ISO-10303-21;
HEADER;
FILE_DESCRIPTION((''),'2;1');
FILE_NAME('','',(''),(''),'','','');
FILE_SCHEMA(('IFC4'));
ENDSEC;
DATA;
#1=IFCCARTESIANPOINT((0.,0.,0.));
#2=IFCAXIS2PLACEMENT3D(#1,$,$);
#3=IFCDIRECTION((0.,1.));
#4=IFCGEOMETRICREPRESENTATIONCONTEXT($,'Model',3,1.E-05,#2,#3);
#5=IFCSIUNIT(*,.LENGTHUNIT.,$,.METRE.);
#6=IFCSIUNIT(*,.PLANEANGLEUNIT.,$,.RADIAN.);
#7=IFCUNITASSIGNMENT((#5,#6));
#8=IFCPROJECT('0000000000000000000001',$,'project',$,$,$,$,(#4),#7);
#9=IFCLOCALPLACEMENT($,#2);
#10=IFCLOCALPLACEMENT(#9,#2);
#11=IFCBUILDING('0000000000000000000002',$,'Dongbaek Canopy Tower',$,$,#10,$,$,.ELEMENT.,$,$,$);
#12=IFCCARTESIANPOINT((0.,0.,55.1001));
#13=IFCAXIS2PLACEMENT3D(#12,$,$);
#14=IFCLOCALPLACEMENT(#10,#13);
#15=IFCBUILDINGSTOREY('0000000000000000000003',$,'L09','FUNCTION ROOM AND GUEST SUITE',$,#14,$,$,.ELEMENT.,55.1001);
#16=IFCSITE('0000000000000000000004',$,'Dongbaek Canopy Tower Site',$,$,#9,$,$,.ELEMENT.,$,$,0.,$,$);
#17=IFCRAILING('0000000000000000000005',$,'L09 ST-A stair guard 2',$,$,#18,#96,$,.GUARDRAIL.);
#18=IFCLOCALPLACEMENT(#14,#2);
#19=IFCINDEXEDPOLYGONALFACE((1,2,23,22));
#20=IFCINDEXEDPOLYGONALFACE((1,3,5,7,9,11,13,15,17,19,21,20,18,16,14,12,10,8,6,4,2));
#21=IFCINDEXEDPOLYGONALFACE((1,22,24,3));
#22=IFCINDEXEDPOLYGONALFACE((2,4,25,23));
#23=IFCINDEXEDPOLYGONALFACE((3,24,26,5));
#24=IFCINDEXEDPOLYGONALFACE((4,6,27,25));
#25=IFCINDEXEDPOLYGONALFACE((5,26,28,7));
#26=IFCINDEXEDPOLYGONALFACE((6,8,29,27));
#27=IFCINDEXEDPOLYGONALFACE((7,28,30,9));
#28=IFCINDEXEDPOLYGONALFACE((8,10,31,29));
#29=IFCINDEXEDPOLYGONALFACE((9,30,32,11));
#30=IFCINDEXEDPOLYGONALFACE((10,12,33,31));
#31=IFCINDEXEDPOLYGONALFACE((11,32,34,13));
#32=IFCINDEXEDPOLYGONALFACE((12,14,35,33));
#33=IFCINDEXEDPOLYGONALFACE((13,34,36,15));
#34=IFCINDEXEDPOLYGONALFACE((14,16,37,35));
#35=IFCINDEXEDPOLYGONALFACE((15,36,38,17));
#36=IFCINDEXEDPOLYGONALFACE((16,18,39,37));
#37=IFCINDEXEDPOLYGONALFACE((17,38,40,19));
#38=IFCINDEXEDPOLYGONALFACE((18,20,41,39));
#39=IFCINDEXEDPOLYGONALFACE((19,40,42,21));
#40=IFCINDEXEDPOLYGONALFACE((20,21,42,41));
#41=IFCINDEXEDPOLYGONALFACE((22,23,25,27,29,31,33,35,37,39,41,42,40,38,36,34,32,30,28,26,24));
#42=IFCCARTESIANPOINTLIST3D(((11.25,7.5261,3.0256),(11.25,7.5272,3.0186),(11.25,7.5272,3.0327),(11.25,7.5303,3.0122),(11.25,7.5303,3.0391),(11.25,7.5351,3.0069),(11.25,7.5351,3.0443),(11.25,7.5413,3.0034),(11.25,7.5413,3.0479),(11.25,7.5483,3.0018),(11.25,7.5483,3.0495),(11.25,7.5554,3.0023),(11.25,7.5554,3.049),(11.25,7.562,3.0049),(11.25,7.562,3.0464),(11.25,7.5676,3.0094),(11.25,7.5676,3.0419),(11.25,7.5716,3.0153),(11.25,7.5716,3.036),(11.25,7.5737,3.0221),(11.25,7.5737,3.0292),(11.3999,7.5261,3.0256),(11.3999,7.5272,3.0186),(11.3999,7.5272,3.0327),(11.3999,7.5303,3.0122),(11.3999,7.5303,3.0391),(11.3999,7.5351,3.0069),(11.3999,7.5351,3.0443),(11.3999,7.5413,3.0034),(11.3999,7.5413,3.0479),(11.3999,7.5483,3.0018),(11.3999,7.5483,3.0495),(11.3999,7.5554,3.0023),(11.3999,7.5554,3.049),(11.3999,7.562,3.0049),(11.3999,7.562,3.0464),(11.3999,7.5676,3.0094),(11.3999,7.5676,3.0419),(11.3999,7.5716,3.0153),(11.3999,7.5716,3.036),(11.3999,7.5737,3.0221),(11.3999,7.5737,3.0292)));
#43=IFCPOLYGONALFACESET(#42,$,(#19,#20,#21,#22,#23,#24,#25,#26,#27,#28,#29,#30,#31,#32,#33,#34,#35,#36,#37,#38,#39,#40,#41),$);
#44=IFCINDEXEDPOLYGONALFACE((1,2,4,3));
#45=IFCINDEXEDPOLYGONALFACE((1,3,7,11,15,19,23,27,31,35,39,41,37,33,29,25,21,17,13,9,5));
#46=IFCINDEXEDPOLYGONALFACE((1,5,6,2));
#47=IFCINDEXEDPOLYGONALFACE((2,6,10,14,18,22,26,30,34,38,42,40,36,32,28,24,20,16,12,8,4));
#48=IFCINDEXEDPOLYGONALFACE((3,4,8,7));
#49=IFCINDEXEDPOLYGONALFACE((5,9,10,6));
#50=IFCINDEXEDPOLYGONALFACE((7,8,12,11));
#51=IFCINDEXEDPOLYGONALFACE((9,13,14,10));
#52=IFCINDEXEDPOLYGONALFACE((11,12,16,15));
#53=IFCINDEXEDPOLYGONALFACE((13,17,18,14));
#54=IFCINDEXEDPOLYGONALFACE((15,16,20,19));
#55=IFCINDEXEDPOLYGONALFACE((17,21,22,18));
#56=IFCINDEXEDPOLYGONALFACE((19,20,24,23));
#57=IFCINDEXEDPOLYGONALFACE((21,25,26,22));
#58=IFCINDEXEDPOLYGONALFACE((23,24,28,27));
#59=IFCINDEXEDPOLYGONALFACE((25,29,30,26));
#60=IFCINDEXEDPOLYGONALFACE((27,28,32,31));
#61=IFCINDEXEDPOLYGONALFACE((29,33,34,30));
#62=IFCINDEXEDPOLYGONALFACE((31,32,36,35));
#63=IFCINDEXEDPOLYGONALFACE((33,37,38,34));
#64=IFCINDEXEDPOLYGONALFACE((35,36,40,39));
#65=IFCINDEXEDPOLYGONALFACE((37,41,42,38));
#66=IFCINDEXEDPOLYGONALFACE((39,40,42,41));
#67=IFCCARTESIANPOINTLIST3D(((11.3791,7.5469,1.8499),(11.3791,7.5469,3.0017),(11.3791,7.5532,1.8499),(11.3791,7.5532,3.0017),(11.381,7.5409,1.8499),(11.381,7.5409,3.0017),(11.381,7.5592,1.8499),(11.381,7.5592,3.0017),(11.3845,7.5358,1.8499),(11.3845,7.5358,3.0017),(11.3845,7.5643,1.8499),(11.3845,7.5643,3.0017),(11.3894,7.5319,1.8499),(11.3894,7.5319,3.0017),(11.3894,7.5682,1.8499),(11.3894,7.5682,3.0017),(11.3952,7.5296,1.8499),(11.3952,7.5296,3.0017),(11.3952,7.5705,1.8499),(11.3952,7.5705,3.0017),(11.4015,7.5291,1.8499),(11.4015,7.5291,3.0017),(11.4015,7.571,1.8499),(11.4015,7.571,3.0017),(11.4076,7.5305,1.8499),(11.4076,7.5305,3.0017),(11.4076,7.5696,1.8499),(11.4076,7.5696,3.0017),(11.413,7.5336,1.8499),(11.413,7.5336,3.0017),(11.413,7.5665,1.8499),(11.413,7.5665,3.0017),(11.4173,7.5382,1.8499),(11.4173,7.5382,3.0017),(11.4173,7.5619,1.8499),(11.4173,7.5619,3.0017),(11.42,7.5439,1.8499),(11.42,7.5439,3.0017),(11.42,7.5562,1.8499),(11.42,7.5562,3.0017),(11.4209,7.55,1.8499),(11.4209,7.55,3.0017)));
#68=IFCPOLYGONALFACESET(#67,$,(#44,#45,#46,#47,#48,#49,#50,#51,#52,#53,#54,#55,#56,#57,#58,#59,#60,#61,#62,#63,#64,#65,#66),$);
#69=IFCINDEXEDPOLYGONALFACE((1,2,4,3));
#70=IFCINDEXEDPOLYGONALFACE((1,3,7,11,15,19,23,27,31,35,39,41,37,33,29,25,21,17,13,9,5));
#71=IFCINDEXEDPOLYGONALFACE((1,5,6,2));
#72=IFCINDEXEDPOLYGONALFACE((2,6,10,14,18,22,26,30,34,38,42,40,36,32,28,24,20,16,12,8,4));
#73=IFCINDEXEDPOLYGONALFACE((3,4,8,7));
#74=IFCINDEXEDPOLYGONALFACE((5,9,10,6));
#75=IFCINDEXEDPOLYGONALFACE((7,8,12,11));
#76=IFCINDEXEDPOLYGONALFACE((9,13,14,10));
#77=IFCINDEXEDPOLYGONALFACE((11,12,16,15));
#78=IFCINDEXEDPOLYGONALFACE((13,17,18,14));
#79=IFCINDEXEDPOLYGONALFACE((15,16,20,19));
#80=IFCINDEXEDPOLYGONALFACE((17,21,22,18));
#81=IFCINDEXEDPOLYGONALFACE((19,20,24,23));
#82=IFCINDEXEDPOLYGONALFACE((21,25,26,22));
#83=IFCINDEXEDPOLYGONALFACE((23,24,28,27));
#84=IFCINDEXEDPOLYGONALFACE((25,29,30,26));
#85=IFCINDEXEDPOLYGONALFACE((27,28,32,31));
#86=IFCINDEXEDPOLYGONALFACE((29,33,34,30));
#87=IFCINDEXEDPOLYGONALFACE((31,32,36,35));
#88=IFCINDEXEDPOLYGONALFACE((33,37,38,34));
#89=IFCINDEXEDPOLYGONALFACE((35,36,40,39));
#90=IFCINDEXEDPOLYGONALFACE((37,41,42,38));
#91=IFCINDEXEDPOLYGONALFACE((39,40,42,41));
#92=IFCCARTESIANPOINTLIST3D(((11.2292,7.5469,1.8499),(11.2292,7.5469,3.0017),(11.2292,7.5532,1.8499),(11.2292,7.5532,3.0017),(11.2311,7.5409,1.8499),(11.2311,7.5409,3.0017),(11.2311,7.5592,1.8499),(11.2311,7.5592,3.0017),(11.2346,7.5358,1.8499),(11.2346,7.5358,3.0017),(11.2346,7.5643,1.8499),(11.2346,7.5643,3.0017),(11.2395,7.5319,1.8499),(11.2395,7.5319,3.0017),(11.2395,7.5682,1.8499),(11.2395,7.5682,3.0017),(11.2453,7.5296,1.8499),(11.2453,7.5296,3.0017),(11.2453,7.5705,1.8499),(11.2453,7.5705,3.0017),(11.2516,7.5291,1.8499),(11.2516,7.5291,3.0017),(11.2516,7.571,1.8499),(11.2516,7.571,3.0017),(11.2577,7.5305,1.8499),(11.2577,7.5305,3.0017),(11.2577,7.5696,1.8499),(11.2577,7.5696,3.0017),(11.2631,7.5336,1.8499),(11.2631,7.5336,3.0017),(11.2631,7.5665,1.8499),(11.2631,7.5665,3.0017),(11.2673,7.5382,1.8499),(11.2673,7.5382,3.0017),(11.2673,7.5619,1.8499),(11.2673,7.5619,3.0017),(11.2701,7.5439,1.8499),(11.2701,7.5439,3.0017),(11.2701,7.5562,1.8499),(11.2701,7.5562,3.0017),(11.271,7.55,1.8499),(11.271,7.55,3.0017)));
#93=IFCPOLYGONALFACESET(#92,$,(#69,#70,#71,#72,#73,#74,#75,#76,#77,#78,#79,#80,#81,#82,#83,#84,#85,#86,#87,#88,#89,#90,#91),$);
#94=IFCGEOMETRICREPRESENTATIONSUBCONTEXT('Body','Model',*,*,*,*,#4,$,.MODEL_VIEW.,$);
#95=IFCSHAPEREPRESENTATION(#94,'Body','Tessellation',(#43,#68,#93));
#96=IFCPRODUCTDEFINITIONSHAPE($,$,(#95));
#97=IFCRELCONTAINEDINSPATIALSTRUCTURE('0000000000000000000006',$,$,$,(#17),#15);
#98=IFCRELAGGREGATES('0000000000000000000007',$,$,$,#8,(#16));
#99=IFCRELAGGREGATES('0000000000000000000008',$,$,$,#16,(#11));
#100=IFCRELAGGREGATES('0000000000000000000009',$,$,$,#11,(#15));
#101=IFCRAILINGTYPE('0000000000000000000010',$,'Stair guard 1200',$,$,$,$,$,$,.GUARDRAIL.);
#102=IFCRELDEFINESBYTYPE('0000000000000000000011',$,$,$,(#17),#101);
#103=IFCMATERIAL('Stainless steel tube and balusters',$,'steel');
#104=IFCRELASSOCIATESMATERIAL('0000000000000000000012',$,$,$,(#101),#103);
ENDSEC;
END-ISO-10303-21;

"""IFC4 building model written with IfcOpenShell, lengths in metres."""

from ifc_helpers import new_model, si_unit, direction, frame, origin, origin_2d, place, context, subcontext, project, spatial, circle, extrude, material, type_object, element, save


model = new_model("IFC4")

# Units and contexts
model_context = context("Model", 3, precision=1e-05, world=origin(), true_north=direction((0.0, 1.0)))
body_context = subcontext(model_context, "Body", "Model", "MODEL_VIEW")
ifc_project = project(units=[si_unit("LENGTHUNIT", "METRE"), si_unit("PLANEANGLEUNIT", "RADIAN")], contexts=[model_context])

# Site, building, storey
site_placement = place(None, origin())
site = spatial("IfcSite", under=ifc_project, at=site_placement, Name="Dongbaek Canopy Tower Site", CompositionType="ELEMENT", RefElevation=0.0)
building_placement = place(site_placement, origin())
building = spatial("IfcBuilding", under=site, at=building_placement, Name="Dongbaek Canopy Tower", CompositionType="ELEMENT")
storey_placement = place(building_placement, frame((0.0, 0.0, 55.1001)))
storey = spatial("IfcBuildingStorey", under=building, at=storey_placement, Name="L09", Description="FUNCTION ROOM AND GUEST SUITE", CompositionType="ELEMENT", Elevation=55.1001)

# Railing
ifc_material_1 = material(Name="Stainless steel tube and balusters", Category="steel")
railing_type_1 = type_object("IfcRailingType", Name="Stair guard 1200", PredefinedType="GUARDRAIL", material=ifc_material_1)
railing_1_placement = place(storey_placement, frame((11.3999, 7.55, 1.8499)))
element("IfcRailing", 1, at=railing_1_placement, inside=storey, type_object=railing_type_1, Name="L09 ST-A stair guard 2", PredefinedType="GUARDRAIL", context=body_context, shape_type="SweptSolid", body=[
    extrude(circle(Radius=0.0239, at=origin_2d()), frame((0.0, 0.0, 1.1758), z_axis=(-1.0, 0.0, 0.0), x_axis=(0.0, -1.0, 0.0)), (0.0, 0.0, 1.0), 0.1499),
    extrude(circle(Radius=0.021, at=origin_2d()), origin(), (0.0, 0.0, 1.0), 1.1519),
    extrude(circle(Radius=0.021, at=origin_2d()), frame((-0.1499, 0.0, 0.0)), (0.0, 0.0, 1.0), 1.1519),
])

save(model, "model.ifc")
